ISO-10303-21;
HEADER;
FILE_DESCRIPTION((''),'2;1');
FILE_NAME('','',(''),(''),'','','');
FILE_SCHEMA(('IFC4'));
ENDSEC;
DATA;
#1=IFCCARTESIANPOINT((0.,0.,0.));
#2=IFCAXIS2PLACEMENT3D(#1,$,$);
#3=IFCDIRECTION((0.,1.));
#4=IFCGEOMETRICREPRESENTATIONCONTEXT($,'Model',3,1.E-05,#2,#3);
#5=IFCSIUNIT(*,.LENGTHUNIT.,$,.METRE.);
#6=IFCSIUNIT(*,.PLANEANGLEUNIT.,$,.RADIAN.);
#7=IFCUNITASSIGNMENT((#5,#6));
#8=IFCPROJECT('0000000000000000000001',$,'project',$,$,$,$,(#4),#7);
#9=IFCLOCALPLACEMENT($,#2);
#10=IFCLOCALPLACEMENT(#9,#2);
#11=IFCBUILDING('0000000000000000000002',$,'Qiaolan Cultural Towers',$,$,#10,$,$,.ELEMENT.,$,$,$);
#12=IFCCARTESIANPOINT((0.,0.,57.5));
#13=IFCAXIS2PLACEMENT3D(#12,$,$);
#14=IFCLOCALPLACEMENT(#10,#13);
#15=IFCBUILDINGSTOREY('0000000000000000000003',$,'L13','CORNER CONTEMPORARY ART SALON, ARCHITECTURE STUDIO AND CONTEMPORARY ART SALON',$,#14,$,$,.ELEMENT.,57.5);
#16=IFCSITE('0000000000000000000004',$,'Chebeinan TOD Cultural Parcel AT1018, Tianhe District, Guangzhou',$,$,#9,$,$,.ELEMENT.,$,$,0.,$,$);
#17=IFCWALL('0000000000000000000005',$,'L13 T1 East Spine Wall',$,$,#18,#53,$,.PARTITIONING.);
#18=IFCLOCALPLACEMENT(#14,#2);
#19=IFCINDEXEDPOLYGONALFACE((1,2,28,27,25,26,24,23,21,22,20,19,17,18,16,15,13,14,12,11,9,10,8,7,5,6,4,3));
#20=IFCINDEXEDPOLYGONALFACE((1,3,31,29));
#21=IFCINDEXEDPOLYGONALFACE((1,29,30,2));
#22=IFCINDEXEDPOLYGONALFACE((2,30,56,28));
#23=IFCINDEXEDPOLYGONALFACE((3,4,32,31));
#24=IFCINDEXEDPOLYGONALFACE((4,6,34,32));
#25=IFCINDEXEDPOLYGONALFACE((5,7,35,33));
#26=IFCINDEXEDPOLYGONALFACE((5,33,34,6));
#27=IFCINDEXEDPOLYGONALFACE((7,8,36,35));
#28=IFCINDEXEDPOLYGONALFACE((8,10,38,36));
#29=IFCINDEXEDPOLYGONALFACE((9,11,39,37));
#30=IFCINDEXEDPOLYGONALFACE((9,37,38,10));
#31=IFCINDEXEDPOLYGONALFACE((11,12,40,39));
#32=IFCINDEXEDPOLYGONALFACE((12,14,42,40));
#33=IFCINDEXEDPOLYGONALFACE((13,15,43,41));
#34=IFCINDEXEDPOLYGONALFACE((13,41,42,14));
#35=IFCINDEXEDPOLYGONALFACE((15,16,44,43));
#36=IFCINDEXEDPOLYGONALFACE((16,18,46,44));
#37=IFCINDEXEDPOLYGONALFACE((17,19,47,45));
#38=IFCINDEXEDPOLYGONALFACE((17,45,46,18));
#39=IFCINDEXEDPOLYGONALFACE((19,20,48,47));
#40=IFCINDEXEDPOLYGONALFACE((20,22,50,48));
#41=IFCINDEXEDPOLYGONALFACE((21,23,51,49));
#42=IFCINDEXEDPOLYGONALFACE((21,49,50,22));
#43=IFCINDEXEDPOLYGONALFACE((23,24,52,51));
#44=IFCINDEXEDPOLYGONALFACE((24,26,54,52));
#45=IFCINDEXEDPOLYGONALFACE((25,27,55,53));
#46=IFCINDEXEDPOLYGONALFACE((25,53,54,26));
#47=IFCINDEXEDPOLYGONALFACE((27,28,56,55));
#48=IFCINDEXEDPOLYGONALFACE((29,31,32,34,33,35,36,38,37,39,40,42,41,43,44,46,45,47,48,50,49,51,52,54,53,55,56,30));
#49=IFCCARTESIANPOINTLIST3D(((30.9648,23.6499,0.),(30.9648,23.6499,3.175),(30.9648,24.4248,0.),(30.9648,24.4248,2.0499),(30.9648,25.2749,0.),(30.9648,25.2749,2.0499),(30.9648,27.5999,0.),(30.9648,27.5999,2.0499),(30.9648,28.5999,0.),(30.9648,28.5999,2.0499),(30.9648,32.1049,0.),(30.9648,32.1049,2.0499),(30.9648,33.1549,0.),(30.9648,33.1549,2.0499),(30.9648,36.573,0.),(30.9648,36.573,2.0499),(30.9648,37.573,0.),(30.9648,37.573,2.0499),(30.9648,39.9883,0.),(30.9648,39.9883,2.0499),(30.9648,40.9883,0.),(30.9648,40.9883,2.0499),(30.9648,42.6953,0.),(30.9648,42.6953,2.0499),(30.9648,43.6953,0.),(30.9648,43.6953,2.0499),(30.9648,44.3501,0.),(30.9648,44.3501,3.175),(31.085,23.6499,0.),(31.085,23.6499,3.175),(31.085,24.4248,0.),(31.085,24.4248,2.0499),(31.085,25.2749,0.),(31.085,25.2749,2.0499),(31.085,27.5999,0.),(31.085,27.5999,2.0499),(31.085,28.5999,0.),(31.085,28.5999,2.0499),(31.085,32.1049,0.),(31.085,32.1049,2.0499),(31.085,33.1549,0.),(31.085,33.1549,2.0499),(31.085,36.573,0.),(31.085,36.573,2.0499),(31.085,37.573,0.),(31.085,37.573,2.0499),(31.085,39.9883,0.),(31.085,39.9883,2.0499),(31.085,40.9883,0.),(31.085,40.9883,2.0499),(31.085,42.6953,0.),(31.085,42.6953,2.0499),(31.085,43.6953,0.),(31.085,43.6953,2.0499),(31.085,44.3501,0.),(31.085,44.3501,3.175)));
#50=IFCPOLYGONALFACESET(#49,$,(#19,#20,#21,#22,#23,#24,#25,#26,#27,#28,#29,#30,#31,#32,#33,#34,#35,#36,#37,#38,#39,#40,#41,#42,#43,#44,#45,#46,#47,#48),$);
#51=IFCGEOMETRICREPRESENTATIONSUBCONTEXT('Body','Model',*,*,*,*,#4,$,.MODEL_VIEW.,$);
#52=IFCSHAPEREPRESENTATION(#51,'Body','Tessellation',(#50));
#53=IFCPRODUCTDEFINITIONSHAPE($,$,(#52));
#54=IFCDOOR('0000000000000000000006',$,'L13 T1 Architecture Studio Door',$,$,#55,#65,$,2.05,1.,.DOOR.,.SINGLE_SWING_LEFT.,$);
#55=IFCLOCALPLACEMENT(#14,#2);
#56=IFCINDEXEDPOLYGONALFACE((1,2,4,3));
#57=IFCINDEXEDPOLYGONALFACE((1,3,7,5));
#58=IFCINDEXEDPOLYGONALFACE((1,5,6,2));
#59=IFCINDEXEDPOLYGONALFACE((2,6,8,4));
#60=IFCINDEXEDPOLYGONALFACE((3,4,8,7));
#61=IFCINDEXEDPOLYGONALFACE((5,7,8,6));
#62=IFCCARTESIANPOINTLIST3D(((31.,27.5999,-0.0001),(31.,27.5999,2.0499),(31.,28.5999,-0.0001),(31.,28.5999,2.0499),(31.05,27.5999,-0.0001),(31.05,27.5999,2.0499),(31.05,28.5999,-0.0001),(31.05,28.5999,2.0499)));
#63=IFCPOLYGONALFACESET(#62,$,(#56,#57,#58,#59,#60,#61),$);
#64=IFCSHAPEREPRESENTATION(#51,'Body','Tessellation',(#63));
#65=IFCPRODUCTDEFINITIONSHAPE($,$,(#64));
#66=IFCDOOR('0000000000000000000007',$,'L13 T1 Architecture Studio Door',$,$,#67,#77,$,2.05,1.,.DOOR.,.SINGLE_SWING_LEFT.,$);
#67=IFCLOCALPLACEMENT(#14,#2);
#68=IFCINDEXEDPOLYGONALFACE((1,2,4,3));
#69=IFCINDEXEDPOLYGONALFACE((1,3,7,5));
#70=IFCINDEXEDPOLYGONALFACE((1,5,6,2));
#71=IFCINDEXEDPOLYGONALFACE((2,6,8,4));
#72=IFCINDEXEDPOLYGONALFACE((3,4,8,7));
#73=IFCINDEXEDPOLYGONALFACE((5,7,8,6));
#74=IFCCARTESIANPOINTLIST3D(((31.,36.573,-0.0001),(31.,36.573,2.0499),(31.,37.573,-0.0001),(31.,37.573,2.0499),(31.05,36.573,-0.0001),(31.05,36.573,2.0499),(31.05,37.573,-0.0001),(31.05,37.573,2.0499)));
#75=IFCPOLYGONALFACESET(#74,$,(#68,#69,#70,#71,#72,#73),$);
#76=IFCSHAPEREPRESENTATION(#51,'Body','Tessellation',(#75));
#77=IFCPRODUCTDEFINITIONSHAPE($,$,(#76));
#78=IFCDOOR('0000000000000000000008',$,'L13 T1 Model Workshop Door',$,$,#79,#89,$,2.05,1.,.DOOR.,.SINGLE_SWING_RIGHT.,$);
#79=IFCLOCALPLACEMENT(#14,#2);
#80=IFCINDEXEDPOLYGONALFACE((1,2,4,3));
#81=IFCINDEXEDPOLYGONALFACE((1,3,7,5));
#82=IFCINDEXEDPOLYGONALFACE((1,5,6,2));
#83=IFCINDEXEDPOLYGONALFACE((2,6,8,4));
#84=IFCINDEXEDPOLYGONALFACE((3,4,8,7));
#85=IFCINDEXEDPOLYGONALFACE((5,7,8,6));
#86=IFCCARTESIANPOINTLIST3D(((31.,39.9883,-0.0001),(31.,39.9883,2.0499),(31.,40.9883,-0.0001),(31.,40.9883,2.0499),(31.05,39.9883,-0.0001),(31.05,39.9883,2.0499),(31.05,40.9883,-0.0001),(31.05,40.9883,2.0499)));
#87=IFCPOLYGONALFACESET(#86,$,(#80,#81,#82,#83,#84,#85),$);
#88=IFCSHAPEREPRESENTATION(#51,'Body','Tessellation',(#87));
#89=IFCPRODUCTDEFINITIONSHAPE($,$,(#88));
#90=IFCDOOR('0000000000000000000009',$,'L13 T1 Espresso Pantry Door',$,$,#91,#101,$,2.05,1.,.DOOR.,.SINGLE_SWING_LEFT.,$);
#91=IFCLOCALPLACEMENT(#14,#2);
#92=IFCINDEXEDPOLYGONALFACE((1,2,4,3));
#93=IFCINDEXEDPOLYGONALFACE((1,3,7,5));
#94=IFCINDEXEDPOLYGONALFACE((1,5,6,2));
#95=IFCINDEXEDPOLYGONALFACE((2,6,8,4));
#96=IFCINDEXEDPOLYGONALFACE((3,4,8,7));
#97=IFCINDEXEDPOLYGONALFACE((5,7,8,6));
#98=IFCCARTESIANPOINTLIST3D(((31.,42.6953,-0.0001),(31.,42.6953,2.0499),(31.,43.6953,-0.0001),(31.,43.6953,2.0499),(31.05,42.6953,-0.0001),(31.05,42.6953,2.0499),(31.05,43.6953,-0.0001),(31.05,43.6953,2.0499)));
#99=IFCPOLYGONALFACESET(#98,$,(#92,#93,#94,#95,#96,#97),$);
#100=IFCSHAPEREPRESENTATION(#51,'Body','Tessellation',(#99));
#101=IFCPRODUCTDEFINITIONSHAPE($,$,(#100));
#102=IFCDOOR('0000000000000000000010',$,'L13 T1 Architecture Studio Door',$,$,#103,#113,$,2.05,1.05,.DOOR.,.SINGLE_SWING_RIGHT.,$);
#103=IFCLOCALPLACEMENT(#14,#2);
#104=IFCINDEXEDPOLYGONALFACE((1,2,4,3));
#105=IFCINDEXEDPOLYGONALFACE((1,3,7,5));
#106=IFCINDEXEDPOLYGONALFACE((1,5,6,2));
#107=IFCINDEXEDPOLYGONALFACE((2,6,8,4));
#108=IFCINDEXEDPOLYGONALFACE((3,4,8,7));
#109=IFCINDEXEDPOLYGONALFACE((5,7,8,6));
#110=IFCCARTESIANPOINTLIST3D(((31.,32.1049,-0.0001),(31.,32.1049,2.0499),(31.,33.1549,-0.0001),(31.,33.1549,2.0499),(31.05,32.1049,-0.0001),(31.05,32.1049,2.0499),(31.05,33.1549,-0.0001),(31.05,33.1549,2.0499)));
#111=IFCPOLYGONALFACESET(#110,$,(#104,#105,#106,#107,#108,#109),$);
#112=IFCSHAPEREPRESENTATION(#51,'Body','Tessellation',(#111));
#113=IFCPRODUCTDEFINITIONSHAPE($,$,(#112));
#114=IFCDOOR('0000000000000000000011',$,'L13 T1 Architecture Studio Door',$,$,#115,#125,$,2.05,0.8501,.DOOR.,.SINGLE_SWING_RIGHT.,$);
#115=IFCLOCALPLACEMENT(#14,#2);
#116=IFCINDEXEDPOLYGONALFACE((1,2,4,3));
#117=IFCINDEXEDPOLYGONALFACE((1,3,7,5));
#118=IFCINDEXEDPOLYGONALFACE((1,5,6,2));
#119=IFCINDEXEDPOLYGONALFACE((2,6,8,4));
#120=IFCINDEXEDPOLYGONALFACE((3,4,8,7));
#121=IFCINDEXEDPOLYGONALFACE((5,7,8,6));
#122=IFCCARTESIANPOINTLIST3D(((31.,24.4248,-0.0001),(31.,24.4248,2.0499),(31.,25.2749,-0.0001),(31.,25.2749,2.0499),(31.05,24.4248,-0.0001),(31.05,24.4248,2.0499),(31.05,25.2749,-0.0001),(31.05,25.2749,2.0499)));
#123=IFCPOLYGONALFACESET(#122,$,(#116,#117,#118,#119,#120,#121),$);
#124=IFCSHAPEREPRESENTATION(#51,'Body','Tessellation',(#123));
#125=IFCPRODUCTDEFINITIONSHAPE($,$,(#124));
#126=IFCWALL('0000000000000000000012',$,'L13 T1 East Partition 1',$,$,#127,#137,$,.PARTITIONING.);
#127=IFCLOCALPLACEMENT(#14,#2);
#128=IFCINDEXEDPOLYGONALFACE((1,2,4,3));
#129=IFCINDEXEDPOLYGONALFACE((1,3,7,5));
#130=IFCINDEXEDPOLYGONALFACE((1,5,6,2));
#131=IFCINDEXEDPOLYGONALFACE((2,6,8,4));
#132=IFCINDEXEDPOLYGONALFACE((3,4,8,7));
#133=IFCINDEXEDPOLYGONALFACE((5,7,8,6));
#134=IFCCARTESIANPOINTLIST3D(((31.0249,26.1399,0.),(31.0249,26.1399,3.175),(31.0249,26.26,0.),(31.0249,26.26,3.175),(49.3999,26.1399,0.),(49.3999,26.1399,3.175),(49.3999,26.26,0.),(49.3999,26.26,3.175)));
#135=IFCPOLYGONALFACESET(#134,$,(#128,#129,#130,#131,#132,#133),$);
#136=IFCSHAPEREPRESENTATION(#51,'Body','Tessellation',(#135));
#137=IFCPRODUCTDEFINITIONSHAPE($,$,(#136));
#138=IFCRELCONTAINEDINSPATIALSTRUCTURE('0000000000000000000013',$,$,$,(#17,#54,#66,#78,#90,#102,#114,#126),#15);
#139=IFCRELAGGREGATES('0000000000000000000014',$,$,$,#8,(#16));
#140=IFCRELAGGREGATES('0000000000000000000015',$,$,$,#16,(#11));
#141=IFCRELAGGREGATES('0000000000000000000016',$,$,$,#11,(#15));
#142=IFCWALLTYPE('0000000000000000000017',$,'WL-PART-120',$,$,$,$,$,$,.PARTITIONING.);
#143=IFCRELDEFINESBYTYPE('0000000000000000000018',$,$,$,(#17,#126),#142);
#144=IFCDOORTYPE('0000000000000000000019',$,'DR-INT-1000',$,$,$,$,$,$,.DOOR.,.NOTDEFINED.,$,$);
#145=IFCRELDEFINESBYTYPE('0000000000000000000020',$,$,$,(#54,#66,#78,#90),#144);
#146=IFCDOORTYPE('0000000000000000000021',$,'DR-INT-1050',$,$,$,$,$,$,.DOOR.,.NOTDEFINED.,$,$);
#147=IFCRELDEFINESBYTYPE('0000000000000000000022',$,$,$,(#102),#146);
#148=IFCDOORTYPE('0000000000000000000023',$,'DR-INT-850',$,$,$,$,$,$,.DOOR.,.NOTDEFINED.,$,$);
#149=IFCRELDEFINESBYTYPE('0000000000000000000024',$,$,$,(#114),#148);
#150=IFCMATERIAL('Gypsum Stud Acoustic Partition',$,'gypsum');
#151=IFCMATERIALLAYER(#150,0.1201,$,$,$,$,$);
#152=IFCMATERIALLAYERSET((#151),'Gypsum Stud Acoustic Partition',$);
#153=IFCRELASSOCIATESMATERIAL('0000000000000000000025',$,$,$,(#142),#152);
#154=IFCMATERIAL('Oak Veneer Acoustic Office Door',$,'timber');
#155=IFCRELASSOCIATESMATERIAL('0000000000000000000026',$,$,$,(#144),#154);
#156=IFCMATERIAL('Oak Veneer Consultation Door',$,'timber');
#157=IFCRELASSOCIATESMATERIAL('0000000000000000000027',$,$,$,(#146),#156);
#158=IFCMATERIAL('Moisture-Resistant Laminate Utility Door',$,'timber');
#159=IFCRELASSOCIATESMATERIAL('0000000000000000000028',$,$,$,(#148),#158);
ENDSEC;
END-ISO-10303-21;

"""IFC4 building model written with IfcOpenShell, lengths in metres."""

from ifc_helpers import new_model, si_unit, direction, frame, frame_2d, origin, place, context, subcontext, project, spatial, rectangle, extrude, material, layer, layer_set, type_object, element, fill, save


model = new_model("IFC4")

# Units and contexts
model_context = context("Model", 3, precision=1e-05, world=origin(), true_north=direction((0.0, 1.0)))
body_context = subcontext(model_context, "Body", "Model", "MODEL_VIEW")
ifc_project = project(units=[si_unit("LENGTHUNIT", "METRE"), si_unit("PLANEANGLEUNIT", "RADIAN")], contexts=[model_context])

# Site, building, storey
site_placement = place(None, origin())
site = spatial("IfcSite", under=ifc_project, at=site_placement, Name="Chebeinan TOD Cultural Parcel AT1018, Tianhe District, Guangzhou", CompositionType="ELEMENT", RefElevation=0.0)
building_placement = place(site_placement, origin())
building = spatial("IfcBuilding", under=site, at=building_placement, Name="Qiaolan Cultural Towers", CompositionType="ELEMENT")
storey_placement = place(building_placement, frame((0.0, 0.0, 57.5)))
storey = spatial("IfcBuildingStorey", under=building, at=storey_placement, Name="L13", Description="CORNER CONTEMPORARY ART SALON, ARCHITECTURE STUDIO AND CONTEMPORARY ART SALON", CompositionType="ELEMENT", Elevation=57.5)

# Shared definitions
ifc_material_1 = material(Name="Gypsum Stud Acoustic Partition", Category="gypsum")
ifc_layer_1 = layer(ifc_material_1, 0.1201)
ifc_layer_set_1 = layer_set([ifc_layer_1], Name="Gypsum Stud Acoustic Partition")
wall_type_1 = type_object("IfcWallType", Name="WL-PART-120", PredefinedType="PARTITIONING", material=ifc_layer_set_1)

# Wall, openings, doors
wall_1_placement = place(storey_placement, frame((31.0249, 23.6499, 0.0), z_axis=(0.0, 0.0, 1.0), x_axis=(0.0, 1.0, 0.0)))
wall_1 = element("IfcWall", 1, at=wall_1_placement, inside=storey, type_object=wall_type_1, Name="L13 T1 East Spine Wall", PredefinedType="PARTITIONING", context=body_context, shape_type="SweptSolid", body=[
    extrude(rectangle(XDim=20.7002, YDim=0.1201, at=frame_2d((10.3501, 0.0))), origin(), (0.0, 0.0, 1.0), 3.175),
])
opening_1_placement = place(wall_1_placement, frame((0.7749, 0.0, 0.0)))
opening_1 = element("IfcOpeningElement", 2, at=opening_1_placement, cuts=wall_1, PredefinedType="OPENING", context=body_context, shape_type="SweptSolid", body=[
    extrude(rectangle(XDim=0.8501, YDim=2.05, at=frame_2d((0.425, 1.0249))), frame((0.0, 0.0701, 0.0), z_axis=(0.0, -1.0, 0.0), x_axis=(1.0, 0.0, 0.0)), (0.0, 0.0, 1.0), 0.1401),
])
opening_2_placement = place(wall_1_placement, frame((3.95, 0.0, 0.0)))
opening_2 = element("IfcOpeningElement", 3, at=opening_2_placement, cuts=wall_1, PredefinedType="OPENING", context=body_context, shape_type="SweptSolid", body=[
    extrude(rectangle(XDim=1.0, YDim=2.05, at=frame_2d((0.5, 1.0249))), frame((0.0, 0.0701, 0.0), z_axis=(0.0, -1.0, 0.0), x_axis=(1.0, 0.0, 0.0)), (0.0, 0.0, 1.0), 0.1401),
])
opening_3_placement = place(wall_1_placement, frame((8.4551, 0.0, 0.0)))
opening_3 = element("IfcOpeningElement", 4, at=opening_3_placement, cuts=wall_1, PredefinedType="OPENING", context=body_context, shape_type="SweptSolid", body=[
    extrude(rectangle(XDim=1.05, YDim=2.05, at=frame_2d((0.5249, 1.0249))), frame((0.0, 0.0701, 0.0), z_axis=(0.0, -1.0, 0.0), x_axis=(1.0, 0.0, 0.0)), (0.0, 0.0, 1.0), 0.1401),
])
opening_4_placement = place(wall_1_placement, frame((12.9231, 0.0, 0.0)))
opening_4 = element("IfcOpeningElement", 5, at=opening_4_placement, cuts=wall_1, PredefinedType="OPENING", context=body_context, shape_type="SweptSolid", body=[
    extrude(rectangle(XDim=1.0, YDim=2.05, at=frame_2d((0.5, 1.0249))), frame((0.0, 0.0701, 0.0), z_axis=(0.0, -1.0, 0.0), x_axis=(1.0, 0.0, 0.0)), (0.0, 0.0, 1.0), 0.1401),
])
opening_5_placement = place(wall_1_placement, frame((16.3384, 0.0, 0.0)))
opening_5 = element("IfcOpeningElement", 6, at=opening_5_placement, cuts=wall_1, PredefinedType="OPENING", context=body_context, shape_type="SweptSolid", body=[
    extrude(rectangle(XDim=1.0, YDim=2.05, at=frame_2d((0.5, 1.0249))), frame((0.0, 0.0701, 0.0), z_axis=(0.0, -1.0, 0.0), x_axis=(1.0, 0.0, 0.0)), (0.0, 0.0, 1.0), 0.1401),
])
opening_6_placement = place(wall_1_placement, frame((19.0454, 0.0, 0.0)))
opening_6 = element("IfcOpeningElement", 7, at=opening_6_placement, cuts=wall_1, PredefinedType="OPENING", context=body_context, shape_type="SweptSolid", body=[
    extrude(rectangle(XDim=1.0, YDim=2.05, at=frame_2d((0.5, 1.0249))), frame((0.0, 0.0701, 0.0), z_axis=(0.0, -1.0, 0.0), x_axis=(1.0, 0.0, 0.0)), (0.0, 0.0, 1.0), 0.1401),
])
ifc_material_2 = material(Name="Oak Veneer Acoustic Office Door", Category="timber")
door_type_1 = type_object("IfcDoorType", Name="DR-INT-1000", OperationType="NOTDEFINED", PredefinedType="DOOR", material=ifc_material_2)
door_1_placement = place(opening_2_placement, origin())
door_1 = element("IfcDoor", 8, at=door_1_placement, inside=storey, type_object=door_type_1, Name="L13 T1 Architecture Studio Door", OperationType="SINGLE_SWING_LEFT", OverallHeight=2.05, OverallWidth=1.0, PredefinedType="DOOR", context=body_context, shape_type="SweptSolid", body=[
    extrude(rectangle(XDim=1.0, YDim=2.05, at=frame_2d((0.5, 1.0249))), frame((0.0, 0.0249, 0.0), z_axis=(0.0, -1.0, 0.0), x_axis=(1.0, 0.0, 0.0)), (0.0, 0.0, 1.0), 0.05),
])
fill(opening_2, door_1)
door_2_placement = place(opening_4_placement, origin())
door_2 = element("IfcDoor", 9, at=door_2_placement, inside=storey, type_object=door_type_1, Name="L13 T1 Architecture Studio Door", OperationType="SINGLE_SWING_LEFT", OverallHeight=2.05, OverallWidth=1.0, PredefinedType="DOOR", context=body_context, shape_type="SweptSolid", body=[
    extrude(rectangle(XDim=1.0, YDim=2.05, at=frame_2d((0.5, 1.0249))), frame((0.0, 0.0249, 0.0), z_axis=(0.0, -1.0, 0.0), x_axis=(1.0, 0.0, 0.0)), (0.0, 0.0, 1.0), 0.05),
])
fill(opening_4, door_2)
door_3_placement = place(opening_5_placement, origin())
door_3 = element("IfcDoor", 10, at=door_3_placement, inside=storey, type_object=door_type_1, Name="L13 T1 Model Workshop Door", OperationType="SINGLE_SWING_RIGHT", OverallHeight=2.05, OverallWidth=1.0, PredefinedType="DOOR", context=body_context, shape_type="SweptSolid", body=[
    extrude(rectangle(XDim=1.0, YDim=2.05, at=frame_2d((0.5, 1.0249))), frame((0.0, 0.0249, 0.0), z_axis=(0.0, -1.0, 0.0), x_axis=(1.0, 0.0, 0.0)), (0.0, 0.0, 1.0), 0.05),
])
fill(opening_5, door_3)
door_4_placement = place(opening_6_placement, origin())
door_4 = element("IfcDoor", 11, at=door_4_placement, inside=storey, type_object=door_type_1, Name="L13 T1 Espresso Pantry Door", OperationType="SINGLE_SWING_LEFT", OverallHeight=2.05, OverallWidth=1.0, PredefinedType="DOOR", context=body_context, shape_type="SweptSolid", body=[
    extrude(rectangle(XDim=1.0, YDim=2.05, at=frame_2d((0.5, 1.0249))), frame((0.0, 0.0249, 0.0), z_axis=(0.0, -1.0, 0.0), x_axis=(1.0, 0.0, 0.0)), (0.0, 0.0, 1.0), 0.05),
])
fill(opening_6, door_4)
ifc_material_3 = material(Name="Oak Veneer Consultation Door", Category="timber")
door_type_2 = type_object("IfcDoorType", Name="DR-INT-1050", OperationType="NOTDEFINED", PredefinedType="DOOR", material=ifc_material_3)
door_5_placement = place(opening_3_placement, origin())
door_5 = element("IfcDoor", 12, at=door_5_placement, inside=storey, type_object=door_type_2, Name="L13 T1 Architecture Studio Door", OperationType="SINGLE_SWING_RIGHT", OverallHeight=2.05, OverallWidth=1.05, PredefinedType="DOOR", context=body_context, shape_type="SweptSolid", body=[
    extrude(rectangle(XDim=1.05, YDim=2.05, at=frame_2d((0.5249, 1.0249))), frame((0.0, 0.0249, 0.0), z_axis=(0.0, -1.0, 0.0), x_axis=(1.0, 0.0, 0.0)), (0.0, 0.0, 1.0), 0.05),
])
fill(opening_3, door_5)
ifc_material_4 = material(Name="Moisture-Resistant Laminate Utility Door", Category="timber")
door_type_3 = type_object("IfcDoorType", Name="DR-INT-850", OperationType="NOTDEFINED", PredefinedType="DOOR", material=ifc_material_4)
door_6_placement = place(opening_1_placement, origin())
door_6 = element("IfcDoor", 13, at=door_6_placement, inside=storey, type_object=door_type_3, Name="L13 T1 Architecture Studio Door", OperationType="SINGLE_SWING_RIGHT", OverallHeight=2.05, OverallWidth=0.8501, PredefinedType="DOOR", context=body_context, shape_type="SweptSolid", body=[
    extrude(rectangle(XDim=0.8501, YDim=2.05, at=frame_2d((0.425, 1.0249))), frame((0.0, 0.0249, 0.0), z_axis=(0.0, -1.0, 0.0), x_axis=(1.0, 0.0, 0.0)), (0.0, 0.0, 1.0), 0.05),
])
fill(opening_1, door_6)

# Wall
wall_2_placement = place(storey_placement, frame((31.0249, 26.2, 0.0), z_axis=(0.0, 0.0, 1.0), x_axis=(1.0, 0.0, 0.0)))
element("IfcWall", 14, at=wall_2_placement, inside=storey, type_object=wall_type_1, Name="L13 T1 East Partition 1", PredefinedType="PARTITIONING", context=body_context, shape_type="SweptSolid", body=[
    extrude(rectangle(XDim=18.375, YDim=0.1201, at=frame_2d((9.1875, 0.0))), origin(), (0.0, 0.0, 1.0), 3.175),
])

save(model, "model.ifc")
